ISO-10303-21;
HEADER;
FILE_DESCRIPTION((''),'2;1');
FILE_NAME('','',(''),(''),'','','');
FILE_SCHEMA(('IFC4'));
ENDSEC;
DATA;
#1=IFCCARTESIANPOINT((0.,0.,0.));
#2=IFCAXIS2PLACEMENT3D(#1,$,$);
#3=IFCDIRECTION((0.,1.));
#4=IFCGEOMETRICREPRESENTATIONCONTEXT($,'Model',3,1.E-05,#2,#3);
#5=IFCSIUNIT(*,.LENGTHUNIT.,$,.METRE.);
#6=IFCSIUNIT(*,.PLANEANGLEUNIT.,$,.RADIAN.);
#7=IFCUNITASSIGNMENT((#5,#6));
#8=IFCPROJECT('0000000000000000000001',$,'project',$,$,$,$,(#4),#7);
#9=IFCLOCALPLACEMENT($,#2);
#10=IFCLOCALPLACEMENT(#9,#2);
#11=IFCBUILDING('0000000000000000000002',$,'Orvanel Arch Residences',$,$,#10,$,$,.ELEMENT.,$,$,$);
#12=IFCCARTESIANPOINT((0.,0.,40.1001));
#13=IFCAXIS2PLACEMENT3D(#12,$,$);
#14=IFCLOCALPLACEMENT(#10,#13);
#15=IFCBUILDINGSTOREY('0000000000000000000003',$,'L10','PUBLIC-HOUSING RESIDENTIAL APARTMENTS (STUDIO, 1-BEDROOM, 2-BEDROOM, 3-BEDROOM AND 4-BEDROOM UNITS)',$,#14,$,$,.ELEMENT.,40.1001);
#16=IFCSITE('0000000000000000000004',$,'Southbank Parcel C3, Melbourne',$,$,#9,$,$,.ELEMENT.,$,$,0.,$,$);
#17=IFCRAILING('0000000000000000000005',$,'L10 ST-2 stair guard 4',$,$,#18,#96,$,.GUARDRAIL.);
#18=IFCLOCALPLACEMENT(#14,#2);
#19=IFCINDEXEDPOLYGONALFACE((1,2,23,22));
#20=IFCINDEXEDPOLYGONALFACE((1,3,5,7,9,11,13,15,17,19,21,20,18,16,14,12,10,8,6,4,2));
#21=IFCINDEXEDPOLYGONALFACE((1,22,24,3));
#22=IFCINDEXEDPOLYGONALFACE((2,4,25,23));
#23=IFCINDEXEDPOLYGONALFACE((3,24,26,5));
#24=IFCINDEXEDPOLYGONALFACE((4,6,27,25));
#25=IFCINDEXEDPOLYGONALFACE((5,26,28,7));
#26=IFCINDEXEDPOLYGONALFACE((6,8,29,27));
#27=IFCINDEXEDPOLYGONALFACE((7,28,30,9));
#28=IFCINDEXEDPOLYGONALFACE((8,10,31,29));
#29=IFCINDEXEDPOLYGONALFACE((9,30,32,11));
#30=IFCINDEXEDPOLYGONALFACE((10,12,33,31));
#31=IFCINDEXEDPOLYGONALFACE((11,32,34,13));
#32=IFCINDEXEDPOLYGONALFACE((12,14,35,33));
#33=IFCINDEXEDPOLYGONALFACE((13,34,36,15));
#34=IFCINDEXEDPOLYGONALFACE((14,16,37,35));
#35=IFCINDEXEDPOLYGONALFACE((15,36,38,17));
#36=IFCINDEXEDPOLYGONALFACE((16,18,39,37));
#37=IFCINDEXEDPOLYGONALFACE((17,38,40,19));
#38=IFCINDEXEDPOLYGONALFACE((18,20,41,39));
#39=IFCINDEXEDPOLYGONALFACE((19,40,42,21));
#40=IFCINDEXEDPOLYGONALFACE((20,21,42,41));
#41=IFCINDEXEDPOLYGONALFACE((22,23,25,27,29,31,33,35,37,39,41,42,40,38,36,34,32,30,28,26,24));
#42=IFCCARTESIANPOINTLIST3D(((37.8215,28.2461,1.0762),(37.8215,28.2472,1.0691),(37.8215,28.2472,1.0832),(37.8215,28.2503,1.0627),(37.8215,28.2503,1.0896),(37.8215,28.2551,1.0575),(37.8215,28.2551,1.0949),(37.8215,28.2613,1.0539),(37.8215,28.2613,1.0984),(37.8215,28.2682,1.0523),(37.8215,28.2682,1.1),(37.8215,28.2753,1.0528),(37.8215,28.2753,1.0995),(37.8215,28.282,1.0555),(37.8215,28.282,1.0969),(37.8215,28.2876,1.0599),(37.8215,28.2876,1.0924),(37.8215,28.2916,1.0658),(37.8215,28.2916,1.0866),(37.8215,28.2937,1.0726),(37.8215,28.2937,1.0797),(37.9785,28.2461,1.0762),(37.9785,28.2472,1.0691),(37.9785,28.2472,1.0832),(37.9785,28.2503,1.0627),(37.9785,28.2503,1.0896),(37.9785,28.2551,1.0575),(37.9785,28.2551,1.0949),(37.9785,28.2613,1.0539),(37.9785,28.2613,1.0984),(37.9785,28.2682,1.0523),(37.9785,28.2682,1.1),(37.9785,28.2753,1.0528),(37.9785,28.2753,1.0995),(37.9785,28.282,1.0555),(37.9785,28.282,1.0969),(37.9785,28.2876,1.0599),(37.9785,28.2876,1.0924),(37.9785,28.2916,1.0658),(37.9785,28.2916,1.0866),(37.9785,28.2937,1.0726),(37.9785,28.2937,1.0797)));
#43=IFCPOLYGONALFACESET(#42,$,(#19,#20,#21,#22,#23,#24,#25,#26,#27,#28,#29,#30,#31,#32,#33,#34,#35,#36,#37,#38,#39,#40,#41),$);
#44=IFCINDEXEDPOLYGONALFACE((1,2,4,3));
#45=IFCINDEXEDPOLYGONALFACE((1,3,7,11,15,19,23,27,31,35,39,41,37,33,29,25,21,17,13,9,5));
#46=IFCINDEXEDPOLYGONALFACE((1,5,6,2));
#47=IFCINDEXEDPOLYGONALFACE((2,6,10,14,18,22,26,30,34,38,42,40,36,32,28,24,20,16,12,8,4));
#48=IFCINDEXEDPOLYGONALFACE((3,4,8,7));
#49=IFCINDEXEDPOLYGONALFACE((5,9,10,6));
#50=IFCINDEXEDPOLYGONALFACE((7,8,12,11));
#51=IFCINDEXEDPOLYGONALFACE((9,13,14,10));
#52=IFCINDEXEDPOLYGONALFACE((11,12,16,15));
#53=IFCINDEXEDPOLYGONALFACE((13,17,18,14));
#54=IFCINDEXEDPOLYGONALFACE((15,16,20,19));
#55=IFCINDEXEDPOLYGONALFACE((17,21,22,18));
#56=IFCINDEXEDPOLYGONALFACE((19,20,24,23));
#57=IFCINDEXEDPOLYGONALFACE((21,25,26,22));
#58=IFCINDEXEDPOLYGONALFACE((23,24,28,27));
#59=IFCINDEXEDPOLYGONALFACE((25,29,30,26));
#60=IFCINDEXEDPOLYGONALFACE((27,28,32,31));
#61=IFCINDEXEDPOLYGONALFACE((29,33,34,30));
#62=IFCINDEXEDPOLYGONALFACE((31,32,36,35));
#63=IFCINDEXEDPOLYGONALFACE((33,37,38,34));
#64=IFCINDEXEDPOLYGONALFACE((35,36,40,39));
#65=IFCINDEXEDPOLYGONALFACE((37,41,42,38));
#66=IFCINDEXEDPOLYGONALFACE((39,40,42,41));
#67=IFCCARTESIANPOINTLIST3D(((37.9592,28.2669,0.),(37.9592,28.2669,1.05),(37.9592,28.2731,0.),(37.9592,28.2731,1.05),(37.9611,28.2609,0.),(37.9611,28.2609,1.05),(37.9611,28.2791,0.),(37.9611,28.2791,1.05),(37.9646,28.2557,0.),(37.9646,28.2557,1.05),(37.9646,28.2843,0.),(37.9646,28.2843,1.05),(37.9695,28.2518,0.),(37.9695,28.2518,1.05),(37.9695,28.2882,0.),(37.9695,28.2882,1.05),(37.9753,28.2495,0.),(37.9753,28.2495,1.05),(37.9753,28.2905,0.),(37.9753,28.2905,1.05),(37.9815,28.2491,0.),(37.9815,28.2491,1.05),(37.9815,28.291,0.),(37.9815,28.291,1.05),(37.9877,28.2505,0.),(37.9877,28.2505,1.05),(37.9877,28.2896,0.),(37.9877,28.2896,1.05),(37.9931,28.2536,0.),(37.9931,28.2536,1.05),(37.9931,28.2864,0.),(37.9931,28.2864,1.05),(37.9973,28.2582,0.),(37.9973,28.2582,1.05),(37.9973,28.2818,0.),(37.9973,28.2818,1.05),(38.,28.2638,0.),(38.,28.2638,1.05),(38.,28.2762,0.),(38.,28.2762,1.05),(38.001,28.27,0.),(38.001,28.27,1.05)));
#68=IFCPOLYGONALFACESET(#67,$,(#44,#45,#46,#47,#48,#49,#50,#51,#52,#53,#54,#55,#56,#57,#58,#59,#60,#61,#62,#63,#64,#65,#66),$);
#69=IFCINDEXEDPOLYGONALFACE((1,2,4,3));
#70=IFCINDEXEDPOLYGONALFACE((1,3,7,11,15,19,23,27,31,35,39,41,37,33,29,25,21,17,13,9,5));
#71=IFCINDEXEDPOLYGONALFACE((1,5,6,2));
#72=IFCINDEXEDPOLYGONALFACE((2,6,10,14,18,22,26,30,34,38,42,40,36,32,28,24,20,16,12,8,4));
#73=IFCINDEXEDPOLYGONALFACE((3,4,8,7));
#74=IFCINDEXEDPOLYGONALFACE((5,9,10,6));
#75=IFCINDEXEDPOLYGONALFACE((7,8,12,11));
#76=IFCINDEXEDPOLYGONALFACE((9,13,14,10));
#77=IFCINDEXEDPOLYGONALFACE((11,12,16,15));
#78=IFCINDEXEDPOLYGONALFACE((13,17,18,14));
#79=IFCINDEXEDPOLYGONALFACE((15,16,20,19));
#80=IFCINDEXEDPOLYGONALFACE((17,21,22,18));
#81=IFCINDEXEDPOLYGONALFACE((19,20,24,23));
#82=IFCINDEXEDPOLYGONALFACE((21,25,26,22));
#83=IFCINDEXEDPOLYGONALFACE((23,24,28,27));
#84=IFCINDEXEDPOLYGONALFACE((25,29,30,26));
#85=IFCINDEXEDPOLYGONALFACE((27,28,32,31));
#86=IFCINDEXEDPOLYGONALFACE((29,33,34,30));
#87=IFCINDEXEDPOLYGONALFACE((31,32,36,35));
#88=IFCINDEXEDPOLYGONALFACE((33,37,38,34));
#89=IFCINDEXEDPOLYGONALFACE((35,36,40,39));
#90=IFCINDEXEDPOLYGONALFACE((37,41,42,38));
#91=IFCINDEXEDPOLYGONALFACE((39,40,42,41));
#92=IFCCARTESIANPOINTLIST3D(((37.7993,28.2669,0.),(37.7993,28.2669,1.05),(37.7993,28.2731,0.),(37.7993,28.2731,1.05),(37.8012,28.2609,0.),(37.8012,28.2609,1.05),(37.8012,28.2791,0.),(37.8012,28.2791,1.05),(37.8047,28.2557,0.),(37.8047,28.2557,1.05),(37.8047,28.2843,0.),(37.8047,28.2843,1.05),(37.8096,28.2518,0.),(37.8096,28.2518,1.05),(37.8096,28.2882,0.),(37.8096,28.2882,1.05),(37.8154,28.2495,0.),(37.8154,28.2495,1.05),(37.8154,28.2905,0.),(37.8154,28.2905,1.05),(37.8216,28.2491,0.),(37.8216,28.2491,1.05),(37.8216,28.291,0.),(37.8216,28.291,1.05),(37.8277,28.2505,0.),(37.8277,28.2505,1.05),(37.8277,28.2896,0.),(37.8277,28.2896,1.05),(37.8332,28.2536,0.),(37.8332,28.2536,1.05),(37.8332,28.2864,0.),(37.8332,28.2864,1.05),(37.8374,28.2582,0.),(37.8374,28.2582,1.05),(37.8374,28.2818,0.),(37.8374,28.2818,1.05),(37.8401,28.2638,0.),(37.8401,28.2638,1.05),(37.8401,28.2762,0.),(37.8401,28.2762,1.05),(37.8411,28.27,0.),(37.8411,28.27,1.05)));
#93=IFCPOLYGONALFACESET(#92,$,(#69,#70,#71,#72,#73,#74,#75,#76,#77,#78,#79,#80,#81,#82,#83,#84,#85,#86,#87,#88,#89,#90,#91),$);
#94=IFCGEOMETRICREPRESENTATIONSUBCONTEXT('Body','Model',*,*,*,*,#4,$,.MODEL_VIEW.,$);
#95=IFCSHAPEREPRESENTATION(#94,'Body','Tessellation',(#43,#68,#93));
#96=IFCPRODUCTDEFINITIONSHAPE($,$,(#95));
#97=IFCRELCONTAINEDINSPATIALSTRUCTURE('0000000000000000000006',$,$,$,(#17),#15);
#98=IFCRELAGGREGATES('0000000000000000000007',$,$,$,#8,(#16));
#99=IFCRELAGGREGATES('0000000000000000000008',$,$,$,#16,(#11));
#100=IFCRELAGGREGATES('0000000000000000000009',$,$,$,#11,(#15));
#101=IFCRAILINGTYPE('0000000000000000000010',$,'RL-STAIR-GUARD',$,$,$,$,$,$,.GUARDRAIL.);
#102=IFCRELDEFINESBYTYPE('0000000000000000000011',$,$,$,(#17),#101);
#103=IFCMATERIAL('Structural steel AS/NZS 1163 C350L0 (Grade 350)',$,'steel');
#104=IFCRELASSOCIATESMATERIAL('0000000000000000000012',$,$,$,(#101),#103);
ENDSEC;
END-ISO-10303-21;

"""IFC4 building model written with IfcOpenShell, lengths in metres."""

from ifc_helpers import new_model, si_unit, direction, frame, origin, origin_2d, place, context, subcontext, project, spatial, circle, extrude, material, type_object, element, save


model = new_model("IFC4")

# Units and contexts
model_context = context("Model", 3, precision=1e-05, world=origin(), true_north=direction((0.0, 1.0)))
body_context = subcontext(model_context, "Body", "Model", "MODEL_VIEW")
ifc_project = project(units=[si_unit("LENGTHUNIT", "METRE"), si_unit("PLANEANGLEUNIT", "RADIAN")], contexts=[model_context])

# Site, building, storey
site_placement = place(None, origin())
site = spatial("IfcSite", under=ifc_project, at=site_placement, Name="Southbank Parcel C3, Melbourne", CompositionType="ELEMENT", RefElevation=0.0)
building_placement = place(site_placement, origin())
building = spatial("IfcBuilding", under=site, at=building_placement, Name="Orvanel Arch Residences", CompositionType="ELEMENT")
storey_placement = place(building_placement, frame((0.0, 0.0, 40.1001)))
storey = spatial("IfcBuildingStorey", under=building, at=storey_placement, Name="L10", Description="PUBLIC-HOUSING RESIDENTIAL APARTMENTS (STUDIO, 1-BEDROOM, 2-BEDROOM, 3-BEDROOM AND 4-BEDROOM UNITS)", CompositionType="ELEMENT", Elevation=40.1001)

# Railing
ifc_material_1 = material(Name="Structural steel AS/NZS 1163 C350L0 (Grade 350)", Category="steel")
railing_type_1 = type_object("IfcRailingType", Name="RL-STAIR-GUARD", PredefinedType="GUARDRAIL", material=ifc_material_1)
railing_1_placement = place(storey_placement, frame((37.98, 28.27, 0.0)))
element("IfcRailing", 1, at=railing_1_placement, inside=storey, type_object=railing_type_1, Name="L10 ST-2 stair guard 4", PredefinedType="GUARDRAIL", context=body_context, shape_type="SweptSolid", body=[
    extrude(circle(Radius=0.0239, at=origin_2d()), frame((-0.0015, 0.0, 1.0762), z_axis=(-1.0, 0.0, 0.0), x_axis=(0.0, -1.0, 0.0)), (0.0, 0.0, 1.0), 0.157),
    extrude(circle(Radius=0.021, at=origin_2d()), origin(), (0.0, 0.0, 1.0), 1.05),
    extrude(circle(Radius=0.021, at=origin_2d()), frame((-0.1599, 0.0, 0.0)), (0.0, 0.0, 1.0), 1.05),
])

save(model, "model.ifc")
